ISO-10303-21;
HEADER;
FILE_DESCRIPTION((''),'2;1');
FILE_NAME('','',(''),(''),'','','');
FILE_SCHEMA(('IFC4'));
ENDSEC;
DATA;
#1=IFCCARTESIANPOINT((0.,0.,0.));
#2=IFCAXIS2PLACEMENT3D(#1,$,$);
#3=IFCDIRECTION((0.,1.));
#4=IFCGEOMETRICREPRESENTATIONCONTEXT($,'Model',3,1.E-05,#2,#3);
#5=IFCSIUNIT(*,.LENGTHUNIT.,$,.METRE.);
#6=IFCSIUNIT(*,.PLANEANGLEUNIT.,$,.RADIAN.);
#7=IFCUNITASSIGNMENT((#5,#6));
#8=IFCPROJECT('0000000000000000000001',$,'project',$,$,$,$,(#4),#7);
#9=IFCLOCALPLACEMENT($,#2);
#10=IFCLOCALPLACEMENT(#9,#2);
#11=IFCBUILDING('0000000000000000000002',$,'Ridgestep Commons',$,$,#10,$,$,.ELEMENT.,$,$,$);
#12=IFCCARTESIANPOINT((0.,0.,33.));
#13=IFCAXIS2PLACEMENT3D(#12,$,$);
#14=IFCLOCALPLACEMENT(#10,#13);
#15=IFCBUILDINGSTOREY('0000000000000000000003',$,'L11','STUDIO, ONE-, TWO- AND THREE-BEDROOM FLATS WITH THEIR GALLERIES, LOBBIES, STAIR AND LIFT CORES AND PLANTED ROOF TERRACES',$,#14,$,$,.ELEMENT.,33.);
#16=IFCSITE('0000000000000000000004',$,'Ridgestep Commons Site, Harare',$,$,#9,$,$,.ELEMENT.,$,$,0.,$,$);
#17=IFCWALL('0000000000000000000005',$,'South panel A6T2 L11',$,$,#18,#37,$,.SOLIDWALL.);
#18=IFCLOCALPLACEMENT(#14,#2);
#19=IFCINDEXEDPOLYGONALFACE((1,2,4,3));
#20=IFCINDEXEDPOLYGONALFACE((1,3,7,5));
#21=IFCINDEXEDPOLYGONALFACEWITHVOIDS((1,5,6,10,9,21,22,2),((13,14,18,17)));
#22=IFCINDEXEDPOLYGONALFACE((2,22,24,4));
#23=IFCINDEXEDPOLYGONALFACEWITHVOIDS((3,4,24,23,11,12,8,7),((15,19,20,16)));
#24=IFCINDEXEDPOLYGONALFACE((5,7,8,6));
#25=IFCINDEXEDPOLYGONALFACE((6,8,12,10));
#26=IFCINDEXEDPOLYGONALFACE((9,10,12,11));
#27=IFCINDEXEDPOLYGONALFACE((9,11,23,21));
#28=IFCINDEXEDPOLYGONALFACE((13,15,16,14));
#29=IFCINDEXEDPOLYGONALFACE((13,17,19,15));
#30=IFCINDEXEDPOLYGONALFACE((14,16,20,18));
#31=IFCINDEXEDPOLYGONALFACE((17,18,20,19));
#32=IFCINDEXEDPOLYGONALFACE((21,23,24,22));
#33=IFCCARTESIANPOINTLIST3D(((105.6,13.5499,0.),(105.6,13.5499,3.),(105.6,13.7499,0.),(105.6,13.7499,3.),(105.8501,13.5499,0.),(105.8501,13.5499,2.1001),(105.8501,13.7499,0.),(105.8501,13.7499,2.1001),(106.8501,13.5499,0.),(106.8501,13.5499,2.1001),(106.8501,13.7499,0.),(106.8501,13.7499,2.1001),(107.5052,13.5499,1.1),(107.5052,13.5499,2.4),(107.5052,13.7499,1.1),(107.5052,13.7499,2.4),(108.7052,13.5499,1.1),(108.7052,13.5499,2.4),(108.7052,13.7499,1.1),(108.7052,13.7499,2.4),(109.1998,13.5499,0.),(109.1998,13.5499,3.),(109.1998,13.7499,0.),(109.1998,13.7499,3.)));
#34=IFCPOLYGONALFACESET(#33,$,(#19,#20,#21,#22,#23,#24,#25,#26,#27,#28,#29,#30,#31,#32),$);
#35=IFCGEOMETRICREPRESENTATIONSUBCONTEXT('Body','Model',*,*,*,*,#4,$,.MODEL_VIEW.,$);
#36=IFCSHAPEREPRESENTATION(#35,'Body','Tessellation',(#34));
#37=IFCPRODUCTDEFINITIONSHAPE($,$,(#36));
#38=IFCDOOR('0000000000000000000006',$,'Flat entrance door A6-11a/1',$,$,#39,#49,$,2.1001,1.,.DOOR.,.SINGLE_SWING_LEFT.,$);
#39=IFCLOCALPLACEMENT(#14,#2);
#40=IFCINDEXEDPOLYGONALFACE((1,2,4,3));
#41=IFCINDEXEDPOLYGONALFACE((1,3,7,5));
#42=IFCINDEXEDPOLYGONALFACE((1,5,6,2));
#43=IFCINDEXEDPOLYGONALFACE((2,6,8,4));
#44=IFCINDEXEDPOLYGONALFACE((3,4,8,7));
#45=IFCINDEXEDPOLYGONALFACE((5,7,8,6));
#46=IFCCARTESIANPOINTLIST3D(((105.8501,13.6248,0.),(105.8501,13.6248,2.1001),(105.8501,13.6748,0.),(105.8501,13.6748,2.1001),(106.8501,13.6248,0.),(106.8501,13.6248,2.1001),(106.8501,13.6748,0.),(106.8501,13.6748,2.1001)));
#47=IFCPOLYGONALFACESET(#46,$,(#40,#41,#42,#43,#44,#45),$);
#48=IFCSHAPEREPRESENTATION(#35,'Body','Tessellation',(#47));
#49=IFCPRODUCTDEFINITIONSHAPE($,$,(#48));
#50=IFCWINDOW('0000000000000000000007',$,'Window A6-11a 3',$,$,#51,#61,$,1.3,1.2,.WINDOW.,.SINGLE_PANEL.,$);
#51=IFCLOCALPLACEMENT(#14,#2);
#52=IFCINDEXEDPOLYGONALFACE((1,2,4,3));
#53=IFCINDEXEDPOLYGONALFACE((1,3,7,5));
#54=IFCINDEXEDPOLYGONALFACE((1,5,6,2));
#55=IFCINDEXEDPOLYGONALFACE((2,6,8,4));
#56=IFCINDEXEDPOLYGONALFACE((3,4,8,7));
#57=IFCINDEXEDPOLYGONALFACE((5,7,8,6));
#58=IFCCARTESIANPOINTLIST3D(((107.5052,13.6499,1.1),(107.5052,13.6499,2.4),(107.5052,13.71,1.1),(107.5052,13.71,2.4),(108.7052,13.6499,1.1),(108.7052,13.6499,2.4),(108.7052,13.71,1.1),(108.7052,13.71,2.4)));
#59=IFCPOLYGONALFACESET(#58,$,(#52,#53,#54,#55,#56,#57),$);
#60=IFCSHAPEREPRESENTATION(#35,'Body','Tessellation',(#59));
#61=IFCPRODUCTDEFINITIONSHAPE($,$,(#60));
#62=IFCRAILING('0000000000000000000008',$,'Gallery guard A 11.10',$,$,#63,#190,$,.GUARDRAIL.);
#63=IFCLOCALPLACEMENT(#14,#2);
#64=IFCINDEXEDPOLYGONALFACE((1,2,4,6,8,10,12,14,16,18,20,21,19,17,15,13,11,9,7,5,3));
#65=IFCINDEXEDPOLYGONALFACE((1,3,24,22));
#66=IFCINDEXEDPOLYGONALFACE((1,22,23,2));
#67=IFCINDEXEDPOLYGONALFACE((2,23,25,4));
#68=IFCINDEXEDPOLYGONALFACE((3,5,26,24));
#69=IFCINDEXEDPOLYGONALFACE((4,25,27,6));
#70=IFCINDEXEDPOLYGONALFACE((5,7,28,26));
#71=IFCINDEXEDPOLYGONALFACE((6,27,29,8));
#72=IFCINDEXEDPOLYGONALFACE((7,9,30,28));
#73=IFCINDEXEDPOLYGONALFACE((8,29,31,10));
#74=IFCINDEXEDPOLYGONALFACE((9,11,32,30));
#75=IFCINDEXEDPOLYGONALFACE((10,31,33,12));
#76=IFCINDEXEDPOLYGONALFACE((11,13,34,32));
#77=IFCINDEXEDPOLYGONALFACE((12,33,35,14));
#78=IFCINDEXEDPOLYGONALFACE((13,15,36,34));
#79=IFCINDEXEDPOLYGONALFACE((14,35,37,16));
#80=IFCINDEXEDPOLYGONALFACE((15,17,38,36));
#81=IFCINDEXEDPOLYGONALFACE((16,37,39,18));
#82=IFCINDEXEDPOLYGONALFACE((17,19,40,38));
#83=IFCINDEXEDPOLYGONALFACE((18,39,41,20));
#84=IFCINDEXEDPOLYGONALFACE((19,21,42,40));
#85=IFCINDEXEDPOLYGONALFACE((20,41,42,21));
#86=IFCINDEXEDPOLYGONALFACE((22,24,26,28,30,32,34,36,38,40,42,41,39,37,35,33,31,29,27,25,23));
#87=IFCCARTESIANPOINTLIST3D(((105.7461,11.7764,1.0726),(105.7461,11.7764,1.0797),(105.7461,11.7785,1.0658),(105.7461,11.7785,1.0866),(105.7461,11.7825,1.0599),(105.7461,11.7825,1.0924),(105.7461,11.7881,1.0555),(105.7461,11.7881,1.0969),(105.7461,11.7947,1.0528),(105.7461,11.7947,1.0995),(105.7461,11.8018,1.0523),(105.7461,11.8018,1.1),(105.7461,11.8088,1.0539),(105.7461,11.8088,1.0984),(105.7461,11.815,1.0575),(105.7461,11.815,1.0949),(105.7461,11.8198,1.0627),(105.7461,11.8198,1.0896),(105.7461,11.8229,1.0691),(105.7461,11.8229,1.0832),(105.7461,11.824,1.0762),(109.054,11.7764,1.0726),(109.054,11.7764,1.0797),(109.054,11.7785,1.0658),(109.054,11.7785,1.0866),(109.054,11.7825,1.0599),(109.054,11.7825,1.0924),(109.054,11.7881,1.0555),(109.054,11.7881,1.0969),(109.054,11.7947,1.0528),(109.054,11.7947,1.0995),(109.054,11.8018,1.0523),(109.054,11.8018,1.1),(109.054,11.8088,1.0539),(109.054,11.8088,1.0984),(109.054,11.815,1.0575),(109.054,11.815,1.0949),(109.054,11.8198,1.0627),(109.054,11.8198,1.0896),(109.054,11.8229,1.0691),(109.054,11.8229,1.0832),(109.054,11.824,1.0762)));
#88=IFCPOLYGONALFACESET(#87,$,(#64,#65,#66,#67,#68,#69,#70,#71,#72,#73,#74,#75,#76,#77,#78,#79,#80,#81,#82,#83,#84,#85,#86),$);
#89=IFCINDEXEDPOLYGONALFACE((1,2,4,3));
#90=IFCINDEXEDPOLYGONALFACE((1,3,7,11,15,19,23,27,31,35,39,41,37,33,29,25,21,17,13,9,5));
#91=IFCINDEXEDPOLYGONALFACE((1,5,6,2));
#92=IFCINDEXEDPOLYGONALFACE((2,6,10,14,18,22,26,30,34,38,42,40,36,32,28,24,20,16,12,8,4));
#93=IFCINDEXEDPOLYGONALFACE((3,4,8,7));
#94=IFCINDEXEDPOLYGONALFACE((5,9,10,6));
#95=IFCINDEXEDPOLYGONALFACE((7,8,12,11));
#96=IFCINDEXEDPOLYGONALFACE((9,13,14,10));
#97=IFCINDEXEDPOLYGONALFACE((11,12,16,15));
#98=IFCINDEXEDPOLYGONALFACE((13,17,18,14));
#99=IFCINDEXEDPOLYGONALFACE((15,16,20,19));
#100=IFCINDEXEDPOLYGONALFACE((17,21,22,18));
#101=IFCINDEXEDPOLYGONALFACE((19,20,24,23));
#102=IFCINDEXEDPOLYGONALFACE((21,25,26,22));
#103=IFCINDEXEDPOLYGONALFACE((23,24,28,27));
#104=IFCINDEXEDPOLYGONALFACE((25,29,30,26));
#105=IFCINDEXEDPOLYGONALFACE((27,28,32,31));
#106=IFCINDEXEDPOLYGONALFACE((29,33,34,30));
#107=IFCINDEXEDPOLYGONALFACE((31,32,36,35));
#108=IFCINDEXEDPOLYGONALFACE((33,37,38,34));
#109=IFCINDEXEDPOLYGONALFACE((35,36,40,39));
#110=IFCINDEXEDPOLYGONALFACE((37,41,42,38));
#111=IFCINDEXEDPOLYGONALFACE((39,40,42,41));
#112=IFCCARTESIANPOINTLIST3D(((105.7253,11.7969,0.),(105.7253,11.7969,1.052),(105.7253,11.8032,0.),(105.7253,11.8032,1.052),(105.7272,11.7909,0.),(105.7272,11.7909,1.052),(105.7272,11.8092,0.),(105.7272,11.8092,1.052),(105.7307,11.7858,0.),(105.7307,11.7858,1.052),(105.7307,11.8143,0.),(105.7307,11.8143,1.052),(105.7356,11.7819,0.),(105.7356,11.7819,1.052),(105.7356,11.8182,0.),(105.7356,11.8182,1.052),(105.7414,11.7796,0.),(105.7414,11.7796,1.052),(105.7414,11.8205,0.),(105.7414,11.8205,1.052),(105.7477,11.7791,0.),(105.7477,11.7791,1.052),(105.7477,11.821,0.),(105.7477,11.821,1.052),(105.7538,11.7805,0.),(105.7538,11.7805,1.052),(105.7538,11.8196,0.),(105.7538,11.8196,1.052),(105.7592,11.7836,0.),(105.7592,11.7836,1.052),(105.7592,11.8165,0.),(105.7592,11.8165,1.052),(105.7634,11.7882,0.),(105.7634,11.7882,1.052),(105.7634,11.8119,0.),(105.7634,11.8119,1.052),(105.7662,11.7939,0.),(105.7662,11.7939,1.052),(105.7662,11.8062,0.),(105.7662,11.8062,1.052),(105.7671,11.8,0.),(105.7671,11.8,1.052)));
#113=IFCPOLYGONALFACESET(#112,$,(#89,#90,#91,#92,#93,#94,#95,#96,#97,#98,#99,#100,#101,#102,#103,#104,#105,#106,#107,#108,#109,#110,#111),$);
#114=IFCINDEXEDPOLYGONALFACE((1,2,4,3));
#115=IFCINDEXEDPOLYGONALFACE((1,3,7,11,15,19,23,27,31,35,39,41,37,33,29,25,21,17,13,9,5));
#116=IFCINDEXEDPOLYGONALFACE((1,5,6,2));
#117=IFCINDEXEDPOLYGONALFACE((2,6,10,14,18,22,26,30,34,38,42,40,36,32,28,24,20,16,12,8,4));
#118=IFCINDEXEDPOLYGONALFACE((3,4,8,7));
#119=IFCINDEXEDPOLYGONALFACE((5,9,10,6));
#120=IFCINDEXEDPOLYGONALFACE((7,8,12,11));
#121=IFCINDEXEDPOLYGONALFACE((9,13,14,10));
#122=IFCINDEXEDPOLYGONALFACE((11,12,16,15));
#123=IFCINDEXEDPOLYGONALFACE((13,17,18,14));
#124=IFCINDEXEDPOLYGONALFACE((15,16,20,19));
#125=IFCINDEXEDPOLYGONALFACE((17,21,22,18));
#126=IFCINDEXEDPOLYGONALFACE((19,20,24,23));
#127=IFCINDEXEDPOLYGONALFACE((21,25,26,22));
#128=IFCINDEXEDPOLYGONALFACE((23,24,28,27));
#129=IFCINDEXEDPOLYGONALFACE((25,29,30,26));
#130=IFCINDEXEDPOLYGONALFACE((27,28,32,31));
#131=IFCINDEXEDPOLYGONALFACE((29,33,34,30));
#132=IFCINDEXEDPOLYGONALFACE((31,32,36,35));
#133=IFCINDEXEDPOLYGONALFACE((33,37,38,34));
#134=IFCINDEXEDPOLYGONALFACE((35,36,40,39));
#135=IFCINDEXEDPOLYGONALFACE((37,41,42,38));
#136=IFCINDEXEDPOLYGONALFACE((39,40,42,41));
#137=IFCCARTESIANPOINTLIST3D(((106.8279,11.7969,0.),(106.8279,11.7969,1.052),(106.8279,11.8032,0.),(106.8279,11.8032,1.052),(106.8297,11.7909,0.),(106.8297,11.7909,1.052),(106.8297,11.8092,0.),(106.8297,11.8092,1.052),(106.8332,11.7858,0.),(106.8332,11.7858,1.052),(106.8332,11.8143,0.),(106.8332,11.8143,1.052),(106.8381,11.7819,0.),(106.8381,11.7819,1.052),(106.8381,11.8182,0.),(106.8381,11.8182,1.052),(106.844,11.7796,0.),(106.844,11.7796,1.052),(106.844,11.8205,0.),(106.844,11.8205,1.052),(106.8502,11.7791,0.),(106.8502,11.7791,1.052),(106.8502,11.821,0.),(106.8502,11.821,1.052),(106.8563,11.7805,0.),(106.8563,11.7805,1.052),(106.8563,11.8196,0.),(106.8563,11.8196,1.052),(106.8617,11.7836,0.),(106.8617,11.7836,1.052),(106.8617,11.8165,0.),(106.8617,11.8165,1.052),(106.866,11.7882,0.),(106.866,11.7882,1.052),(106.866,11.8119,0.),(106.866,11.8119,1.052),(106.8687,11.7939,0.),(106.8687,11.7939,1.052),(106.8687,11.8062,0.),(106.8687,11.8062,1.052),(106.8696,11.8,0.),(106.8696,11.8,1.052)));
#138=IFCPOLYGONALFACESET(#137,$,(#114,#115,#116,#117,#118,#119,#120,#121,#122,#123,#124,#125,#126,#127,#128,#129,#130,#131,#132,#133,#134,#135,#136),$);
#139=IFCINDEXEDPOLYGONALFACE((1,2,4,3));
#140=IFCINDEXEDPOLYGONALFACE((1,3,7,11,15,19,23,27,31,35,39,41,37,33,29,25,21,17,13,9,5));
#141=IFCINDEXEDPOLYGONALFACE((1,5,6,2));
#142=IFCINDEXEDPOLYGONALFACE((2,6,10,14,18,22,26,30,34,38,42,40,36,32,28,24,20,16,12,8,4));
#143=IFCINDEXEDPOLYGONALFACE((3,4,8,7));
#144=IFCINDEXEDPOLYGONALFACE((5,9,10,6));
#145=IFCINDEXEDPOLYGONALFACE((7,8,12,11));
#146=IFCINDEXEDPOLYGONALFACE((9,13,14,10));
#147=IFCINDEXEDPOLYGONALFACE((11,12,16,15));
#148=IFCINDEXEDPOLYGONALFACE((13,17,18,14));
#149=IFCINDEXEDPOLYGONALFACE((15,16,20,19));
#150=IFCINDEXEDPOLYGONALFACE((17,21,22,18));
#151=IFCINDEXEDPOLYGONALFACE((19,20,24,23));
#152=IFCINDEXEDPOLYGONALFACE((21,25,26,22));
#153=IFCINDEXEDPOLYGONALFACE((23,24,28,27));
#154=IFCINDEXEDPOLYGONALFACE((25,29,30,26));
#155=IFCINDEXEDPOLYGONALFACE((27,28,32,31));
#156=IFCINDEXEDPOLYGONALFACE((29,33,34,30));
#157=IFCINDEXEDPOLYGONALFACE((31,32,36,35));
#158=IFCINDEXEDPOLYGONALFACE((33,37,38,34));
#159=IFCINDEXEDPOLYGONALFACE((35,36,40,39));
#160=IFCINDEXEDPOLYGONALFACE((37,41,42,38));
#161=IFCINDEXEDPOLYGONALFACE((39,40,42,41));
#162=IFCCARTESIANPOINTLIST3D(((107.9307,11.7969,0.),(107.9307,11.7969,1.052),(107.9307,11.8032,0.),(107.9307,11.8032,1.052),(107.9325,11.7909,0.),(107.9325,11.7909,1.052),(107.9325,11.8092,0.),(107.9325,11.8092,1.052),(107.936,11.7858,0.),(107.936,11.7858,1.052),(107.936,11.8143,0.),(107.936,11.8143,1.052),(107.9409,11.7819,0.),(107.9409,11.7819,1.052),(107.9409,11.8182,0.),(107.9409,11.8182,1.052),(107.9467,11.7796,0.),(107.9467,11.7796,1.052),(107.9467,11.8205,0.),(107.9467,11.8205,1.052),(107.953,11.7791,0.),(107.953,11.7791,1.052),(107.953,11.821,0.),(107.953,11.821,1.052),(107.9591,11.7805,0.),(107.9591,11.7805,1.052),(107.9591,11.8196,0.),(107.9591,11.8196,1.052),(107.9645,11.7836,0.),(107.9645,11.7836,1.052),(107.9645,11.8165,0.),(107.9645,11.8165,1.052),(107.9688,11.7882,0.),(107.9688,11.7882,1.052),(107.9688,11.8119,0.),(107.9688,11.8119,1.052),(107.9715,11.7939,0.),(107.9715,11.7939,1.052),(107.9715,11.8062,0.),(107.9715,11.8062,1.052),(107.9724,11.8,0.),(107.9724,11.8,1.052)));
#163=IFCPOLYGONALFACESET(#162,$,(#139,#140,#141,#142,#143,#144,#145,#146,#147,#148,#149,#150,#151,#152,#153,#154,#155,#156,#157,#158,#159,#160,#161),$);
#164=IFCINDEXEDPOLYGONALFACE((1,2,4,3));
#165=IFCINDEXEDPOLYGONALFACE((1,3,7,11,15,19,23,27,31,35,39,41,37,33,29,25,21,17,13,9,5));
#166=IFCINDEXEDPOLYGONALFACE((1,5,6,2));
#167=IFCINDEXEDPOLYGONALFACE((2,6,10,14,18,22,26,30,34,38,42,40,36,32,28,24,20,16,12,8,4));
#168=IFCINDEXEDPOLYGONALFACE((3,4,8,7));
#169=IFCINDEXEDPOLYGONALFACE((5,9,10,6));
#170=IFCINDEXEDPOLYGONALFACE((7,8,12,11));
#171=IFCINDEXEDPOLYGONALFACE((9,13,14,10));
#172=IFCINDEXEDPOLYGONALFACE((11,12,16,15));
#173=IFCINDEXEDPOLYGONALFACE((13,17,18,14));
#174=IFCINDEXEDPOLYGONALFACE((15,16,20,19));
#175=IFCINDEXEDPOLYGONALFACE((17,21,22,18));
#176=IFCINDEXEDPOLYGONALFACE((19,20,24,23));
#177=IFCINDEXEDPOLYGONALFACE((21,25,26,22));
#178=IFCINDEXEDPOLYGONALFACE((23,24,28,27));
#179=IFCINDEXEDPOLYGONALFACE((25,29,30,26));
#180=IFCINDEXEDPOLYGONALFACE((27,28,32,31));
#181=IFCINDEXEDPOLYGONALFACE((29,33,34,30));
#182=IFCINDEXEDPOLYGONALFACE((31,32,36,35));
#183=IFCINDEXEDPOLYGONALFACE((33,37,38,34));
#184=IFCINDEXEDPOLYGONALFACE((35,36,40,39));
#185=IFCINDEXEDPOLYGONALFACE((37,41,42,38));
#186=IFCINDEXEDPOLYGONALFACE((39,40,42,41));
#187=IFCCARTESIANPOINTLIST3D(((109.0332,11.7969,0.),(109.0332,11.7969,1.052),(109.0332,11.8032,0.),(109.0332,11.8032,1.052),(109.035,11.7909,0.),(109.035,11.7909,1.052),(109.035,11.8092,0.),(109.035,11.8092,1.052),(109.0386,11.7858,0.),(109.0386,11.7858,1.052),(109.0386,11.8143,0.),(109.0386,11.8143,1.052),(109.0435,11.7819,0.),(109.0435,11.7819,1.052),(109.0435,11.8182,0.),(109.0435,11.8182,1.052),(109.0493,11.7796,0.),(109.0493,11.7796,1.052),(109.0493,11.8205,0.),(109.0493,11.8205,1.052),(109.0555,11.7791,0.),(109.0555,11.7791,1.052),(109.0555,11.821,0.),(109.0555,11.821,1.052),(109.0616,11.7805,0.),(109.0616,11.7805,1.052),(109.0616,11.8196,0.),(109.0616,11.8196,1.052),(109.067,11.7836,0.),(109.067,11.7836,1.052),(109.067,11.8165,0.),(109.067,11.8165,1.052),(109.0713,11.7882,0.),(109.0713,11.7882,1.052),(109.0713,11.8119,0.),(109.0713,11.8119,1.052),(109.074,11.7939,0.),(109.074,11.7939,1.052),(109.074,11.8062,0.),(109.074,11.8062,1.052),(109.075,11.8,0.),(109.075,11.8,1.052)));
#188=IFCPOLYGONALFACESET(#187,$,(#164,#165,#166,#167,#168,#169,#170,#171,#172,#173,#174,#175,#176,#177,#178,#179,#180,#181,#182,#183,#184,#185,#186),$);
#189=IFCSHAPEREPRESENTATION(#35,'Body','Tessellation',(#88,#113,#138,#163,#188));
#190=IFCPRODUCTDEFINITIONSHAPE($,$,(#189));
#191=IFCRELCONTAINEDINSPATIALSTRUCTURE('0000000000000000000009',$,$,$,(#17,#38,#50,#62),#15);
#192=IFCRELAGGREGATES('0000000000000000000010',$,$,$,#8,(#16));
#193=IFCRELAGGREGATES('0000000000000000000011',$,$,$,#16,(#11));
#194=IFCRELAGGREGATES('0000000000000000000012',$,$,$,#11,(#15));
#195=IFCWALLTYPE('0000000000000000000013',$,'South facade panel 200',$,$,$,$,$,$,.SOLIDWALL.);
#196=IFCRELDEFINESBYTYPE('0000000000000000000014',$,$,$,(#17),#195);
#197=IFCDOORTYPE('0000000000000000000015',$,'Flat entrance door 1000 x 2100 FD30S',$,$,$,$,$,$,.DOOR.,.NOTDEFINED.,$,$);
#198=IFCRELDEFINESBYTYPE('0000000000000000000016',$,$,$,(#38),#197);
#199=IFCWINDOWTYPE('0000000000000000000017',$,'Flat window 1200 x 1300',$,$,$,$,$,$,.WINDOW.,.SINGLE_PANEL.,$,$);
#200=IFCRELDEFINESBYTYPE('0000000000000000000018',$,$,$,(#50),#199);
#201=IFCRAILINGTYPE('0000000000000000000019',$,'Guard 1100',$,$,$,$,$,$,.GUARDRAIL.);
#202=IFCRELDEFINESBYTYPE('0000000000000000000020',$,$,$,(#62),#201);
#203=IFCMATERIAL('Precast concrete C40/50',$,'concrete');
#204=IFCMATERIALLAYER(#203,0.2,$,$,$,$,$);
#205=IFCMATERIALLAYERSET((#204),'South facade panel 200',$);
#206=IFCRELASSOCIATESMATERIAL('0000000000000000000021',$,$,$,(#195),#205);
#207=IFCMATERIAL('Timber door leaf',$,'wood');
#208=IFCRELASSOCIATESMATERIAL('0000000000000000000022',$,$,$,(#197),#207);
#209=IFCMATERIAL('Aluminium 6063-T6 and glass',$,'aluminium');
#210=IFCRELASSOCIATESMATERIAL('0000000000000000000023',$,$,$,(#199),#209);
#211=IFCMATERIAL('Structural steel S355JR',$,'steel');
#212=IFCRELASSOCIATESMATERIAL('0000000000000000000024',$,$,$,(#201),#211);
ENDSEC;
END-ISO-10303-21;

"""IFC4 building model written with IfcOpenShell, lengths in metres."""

from ifc_helpers import new_model, si_unit, direction, frame, frame_2d, origin, origin_2d, place, context, subcontext, project, spatial, rectangle, circle, extrude, material, layer, layer_set, type_object, element, fill, save


model = new_model("IFC4")

# Units and contexts
model_context = context("Model", 3, precision=1e-05, world=origin(), true_north=direction((0.0, 1.0)))
body_context = subcontext(model_context, "Body", "Model", "MODEL_VIEW")
ifc_project = project(units=[si_unit("LENGTHUNIT", "METRE"), si_unit("PLANEANGLEUNIT", "RADIAN")], contexts=[model_context])

# Site, building, storey
site_placement = place(None, origin())
site = spatial("IfcSite", under=ifc_project, at=site_placement, Name="Ridgestep Commons Site, Harare", CompositionType="ELEMENT", RefElevation=0.0)
building_placement = place(site_placement, origin())
building = spatial("IfcBuilding", under=site, at=building_placement, Name="Ridgestep Commons", CompositionType="ELEMENT")
storey_placement = place(building_placement, frame((0.0, 0.0, 33.0)))
storey = spatial("IfcBuildingStorey", under=building, at=storey_placement, Name="L11", Description="STUDIO, ONE-, TWO- AND THREE-BEDROOM FLATS WITH THEIR GALLERIES, LOBBIES, STAIR AND LIFT CORES AND PLANTED ROOF TERRACES", CompositionType="ELEMENT", Elevation=33.0)

# Wall, openings, door, window
ifc_material_1 = material(Name="Precast concrete C40/50", Category="concrete")
ifc_layer_1 = layer(ifc_material_1, 0.2)
ifc_layer_set_1 = layer_set([ifc_layer_1], Name="South facade panel 200")
wall_type_1 = type_object("IfcWallType", Name="South facade panel 200", PredefinedType="SOLIDWALL", material=ifc_layer_set_1)
wall_1_placement = place(storey_placement, frame((105.6001, 13.6499, 0.0), z_axis=(0.0, 0.0, 1.0), x_axis=(1.0, 0.0, 0.0)))
wall_1 = element("IfcWall", 1, at=wall_1_placement, inside=storey, type_object=wall_type_1, Name="South panel A6T2 L11", PredefinedType="SOLIDWALL", context=body_context, shape_type="SweptSolid", body=[
    extrude(rectangle(XDim=3.5999, YDim=0.2, at=frame_2d((1.7998, 0.0))), origin(), (0.0, 0.0, 1.0), 3.0),
])
opening_1_placement = place(wall_1_placement, frame((1.905, 0.0, 1.1001)))
opening_1 = element("IfcOpeningElement", 2, at=opening_1_placement, cuts=wall_1, PredefinedType="OPENING", context=body_context, shape_type="SweptSolid", body=[
    extrude(rectangle(XDim=1.2, YDim=1.3, at=frame_2d((0.6001, 0.6499))), frame((0.0, 0.1099, 0.0), z_axis=(0.0, -1.0, 0.0), x_axis=(1.0, 0.0, 0.0)), (0.0, 0.0, 1.0), 0.22),
])
opening_2_placement = place(wall_1_placement, frame((0.25, 0.0, 0.0)))
opening_2 = element("IfcOpeningElement", 3, at=opening_2_placement, cuts=wall_1, PredefinedType="OPENING", context=body_context, shape_type="SweptSolid", body=[
    extrude(rectangle(XDim=1.0, YDim=2.1001, at=frame_2d((0.5, 1.05))), frame((0.0, 0.1099, 0.0), z_axis=(0.0, -1.0, 0.0), x_axis=(1.0, 0.0, 0.0)), (0.0, 0.0, 1.0), 0.22),
])
ifc_material_2 = material(Name="Timber door leaf", Category="wood")
door_type_1 = type_object("IfcDoorType", Name="Flat entrance door 1000 x 2100 FD30S", OperationType="NOTDEFINED", PredefinedType="DOOR", material=ifc_material_2)
door_1_placement = place(opening_2_placement, origin())
door_1 = element("IfcDoor", 4, at=door_1_placement, inside=storey, type_object=door_type_1, Name="Flat entrance door A6-11a/1", OperationType="SINGLE_SWING_LEFT", OverallHeight=2.1001, OverallWidth=1.0, PredefinedType="DOOR", context=body_context, shape_type="SweptSolid", body=[
    extrude(rectangle(XDim=1.0, YDim=2.1001, at=frame_2d((0.5, 1.05))), frame((0.0, 0.0249, 0.0), z_axis=(0.0, -1.0, 0.0), x_axis=(1.0, 0.0, 0.0)), (0.0, 0.0, 1.0), 0.05),
])
fill(opening_2, door_1)
ifc_material_3 = material(Name="Aluminium 6063-T6 and glass", Category="aluminium")
window_type_1 = type_object("IfcWindowType", Name="Flat window 1200 x 1300", PartitioningType="SINGLE_PANEL", PredefinedType="WINDOW", material=ifc_material_3)
window_1_placement = place(opening_1_placement, origin())
window_1 = element("IfcWindow", 5, at=window_1_placement, inside=storey, type_object=window_type_1, Name="Window A6-11a 3", OverallHeight=1.3, OverallWidth=1.2, PartitioningType="SINGLE_PANEL", PredefinedType="WINDOW", context=body_context, shape_type="SweptSolid", body=[
    extrude(rectangle(XDim=1.2, YDim=1.3, at=frame_2d((0.6001, 0.6499))), frame((0.0, 0.0601, 0.0), z_axis=(0.0, -1.0, 0.0), x_axis=(1.0, 0.0, 0.0)), (0.0, 0.0, 1.0), 0.0601),
])
fill(opening_1, window_1)

# Railing
ifc_material_4 = material(Name="Structural steel S355JR", Category="steel")
railing_type = type_object("IfcRailingType", Name="Guard 1100", PredefinedType="GUARDRAIL", material=ifc_material_4)
railing_1_placement = place(storey_placement, frame((105.7461, 11.8, 0.0)))
element("IfcRailing", 6, at=railing_1_placement, inside=storey, type_object=railing_type, Name="Gallery guard A 11.10", PredefinedType="GUARDRAIL", context=body_context, shape_type="SweptSolid", body=[
    extrude(circle(Radius=0.0239, at=origin_2d()), frame((0.0, 0.0, 1.0762), z_axis=(1.0, 0.0, 0.0), x_axis=(0.0, 1.0, 0.0)), (0.0, 0.0, 1.0), 3.3079),
    extrude(circle(Radius=0.021, at=origin_2d()), origin(), (0.0, 0.0, 1.0), 1.052),
    extrude(circle(Radius=0.021, at=origin_2d()), frame((1.1025, 0.0, 0.0)), (0.0, 0.0, 1.0), 1.052),
    extrude(circle(Radius=0.021, at=origin_2d()), frame((2.2053, 0.0, 0.0)), (0.0, 0.0, 1.0), 1.052),
    extrude(circle(Radius=0.021, at=origin_2d()), frame((3.3079, 0.0, 0.0)), (0.0, 0.0, 1.0), 1.052),
])

save(model, "model.ifc")
